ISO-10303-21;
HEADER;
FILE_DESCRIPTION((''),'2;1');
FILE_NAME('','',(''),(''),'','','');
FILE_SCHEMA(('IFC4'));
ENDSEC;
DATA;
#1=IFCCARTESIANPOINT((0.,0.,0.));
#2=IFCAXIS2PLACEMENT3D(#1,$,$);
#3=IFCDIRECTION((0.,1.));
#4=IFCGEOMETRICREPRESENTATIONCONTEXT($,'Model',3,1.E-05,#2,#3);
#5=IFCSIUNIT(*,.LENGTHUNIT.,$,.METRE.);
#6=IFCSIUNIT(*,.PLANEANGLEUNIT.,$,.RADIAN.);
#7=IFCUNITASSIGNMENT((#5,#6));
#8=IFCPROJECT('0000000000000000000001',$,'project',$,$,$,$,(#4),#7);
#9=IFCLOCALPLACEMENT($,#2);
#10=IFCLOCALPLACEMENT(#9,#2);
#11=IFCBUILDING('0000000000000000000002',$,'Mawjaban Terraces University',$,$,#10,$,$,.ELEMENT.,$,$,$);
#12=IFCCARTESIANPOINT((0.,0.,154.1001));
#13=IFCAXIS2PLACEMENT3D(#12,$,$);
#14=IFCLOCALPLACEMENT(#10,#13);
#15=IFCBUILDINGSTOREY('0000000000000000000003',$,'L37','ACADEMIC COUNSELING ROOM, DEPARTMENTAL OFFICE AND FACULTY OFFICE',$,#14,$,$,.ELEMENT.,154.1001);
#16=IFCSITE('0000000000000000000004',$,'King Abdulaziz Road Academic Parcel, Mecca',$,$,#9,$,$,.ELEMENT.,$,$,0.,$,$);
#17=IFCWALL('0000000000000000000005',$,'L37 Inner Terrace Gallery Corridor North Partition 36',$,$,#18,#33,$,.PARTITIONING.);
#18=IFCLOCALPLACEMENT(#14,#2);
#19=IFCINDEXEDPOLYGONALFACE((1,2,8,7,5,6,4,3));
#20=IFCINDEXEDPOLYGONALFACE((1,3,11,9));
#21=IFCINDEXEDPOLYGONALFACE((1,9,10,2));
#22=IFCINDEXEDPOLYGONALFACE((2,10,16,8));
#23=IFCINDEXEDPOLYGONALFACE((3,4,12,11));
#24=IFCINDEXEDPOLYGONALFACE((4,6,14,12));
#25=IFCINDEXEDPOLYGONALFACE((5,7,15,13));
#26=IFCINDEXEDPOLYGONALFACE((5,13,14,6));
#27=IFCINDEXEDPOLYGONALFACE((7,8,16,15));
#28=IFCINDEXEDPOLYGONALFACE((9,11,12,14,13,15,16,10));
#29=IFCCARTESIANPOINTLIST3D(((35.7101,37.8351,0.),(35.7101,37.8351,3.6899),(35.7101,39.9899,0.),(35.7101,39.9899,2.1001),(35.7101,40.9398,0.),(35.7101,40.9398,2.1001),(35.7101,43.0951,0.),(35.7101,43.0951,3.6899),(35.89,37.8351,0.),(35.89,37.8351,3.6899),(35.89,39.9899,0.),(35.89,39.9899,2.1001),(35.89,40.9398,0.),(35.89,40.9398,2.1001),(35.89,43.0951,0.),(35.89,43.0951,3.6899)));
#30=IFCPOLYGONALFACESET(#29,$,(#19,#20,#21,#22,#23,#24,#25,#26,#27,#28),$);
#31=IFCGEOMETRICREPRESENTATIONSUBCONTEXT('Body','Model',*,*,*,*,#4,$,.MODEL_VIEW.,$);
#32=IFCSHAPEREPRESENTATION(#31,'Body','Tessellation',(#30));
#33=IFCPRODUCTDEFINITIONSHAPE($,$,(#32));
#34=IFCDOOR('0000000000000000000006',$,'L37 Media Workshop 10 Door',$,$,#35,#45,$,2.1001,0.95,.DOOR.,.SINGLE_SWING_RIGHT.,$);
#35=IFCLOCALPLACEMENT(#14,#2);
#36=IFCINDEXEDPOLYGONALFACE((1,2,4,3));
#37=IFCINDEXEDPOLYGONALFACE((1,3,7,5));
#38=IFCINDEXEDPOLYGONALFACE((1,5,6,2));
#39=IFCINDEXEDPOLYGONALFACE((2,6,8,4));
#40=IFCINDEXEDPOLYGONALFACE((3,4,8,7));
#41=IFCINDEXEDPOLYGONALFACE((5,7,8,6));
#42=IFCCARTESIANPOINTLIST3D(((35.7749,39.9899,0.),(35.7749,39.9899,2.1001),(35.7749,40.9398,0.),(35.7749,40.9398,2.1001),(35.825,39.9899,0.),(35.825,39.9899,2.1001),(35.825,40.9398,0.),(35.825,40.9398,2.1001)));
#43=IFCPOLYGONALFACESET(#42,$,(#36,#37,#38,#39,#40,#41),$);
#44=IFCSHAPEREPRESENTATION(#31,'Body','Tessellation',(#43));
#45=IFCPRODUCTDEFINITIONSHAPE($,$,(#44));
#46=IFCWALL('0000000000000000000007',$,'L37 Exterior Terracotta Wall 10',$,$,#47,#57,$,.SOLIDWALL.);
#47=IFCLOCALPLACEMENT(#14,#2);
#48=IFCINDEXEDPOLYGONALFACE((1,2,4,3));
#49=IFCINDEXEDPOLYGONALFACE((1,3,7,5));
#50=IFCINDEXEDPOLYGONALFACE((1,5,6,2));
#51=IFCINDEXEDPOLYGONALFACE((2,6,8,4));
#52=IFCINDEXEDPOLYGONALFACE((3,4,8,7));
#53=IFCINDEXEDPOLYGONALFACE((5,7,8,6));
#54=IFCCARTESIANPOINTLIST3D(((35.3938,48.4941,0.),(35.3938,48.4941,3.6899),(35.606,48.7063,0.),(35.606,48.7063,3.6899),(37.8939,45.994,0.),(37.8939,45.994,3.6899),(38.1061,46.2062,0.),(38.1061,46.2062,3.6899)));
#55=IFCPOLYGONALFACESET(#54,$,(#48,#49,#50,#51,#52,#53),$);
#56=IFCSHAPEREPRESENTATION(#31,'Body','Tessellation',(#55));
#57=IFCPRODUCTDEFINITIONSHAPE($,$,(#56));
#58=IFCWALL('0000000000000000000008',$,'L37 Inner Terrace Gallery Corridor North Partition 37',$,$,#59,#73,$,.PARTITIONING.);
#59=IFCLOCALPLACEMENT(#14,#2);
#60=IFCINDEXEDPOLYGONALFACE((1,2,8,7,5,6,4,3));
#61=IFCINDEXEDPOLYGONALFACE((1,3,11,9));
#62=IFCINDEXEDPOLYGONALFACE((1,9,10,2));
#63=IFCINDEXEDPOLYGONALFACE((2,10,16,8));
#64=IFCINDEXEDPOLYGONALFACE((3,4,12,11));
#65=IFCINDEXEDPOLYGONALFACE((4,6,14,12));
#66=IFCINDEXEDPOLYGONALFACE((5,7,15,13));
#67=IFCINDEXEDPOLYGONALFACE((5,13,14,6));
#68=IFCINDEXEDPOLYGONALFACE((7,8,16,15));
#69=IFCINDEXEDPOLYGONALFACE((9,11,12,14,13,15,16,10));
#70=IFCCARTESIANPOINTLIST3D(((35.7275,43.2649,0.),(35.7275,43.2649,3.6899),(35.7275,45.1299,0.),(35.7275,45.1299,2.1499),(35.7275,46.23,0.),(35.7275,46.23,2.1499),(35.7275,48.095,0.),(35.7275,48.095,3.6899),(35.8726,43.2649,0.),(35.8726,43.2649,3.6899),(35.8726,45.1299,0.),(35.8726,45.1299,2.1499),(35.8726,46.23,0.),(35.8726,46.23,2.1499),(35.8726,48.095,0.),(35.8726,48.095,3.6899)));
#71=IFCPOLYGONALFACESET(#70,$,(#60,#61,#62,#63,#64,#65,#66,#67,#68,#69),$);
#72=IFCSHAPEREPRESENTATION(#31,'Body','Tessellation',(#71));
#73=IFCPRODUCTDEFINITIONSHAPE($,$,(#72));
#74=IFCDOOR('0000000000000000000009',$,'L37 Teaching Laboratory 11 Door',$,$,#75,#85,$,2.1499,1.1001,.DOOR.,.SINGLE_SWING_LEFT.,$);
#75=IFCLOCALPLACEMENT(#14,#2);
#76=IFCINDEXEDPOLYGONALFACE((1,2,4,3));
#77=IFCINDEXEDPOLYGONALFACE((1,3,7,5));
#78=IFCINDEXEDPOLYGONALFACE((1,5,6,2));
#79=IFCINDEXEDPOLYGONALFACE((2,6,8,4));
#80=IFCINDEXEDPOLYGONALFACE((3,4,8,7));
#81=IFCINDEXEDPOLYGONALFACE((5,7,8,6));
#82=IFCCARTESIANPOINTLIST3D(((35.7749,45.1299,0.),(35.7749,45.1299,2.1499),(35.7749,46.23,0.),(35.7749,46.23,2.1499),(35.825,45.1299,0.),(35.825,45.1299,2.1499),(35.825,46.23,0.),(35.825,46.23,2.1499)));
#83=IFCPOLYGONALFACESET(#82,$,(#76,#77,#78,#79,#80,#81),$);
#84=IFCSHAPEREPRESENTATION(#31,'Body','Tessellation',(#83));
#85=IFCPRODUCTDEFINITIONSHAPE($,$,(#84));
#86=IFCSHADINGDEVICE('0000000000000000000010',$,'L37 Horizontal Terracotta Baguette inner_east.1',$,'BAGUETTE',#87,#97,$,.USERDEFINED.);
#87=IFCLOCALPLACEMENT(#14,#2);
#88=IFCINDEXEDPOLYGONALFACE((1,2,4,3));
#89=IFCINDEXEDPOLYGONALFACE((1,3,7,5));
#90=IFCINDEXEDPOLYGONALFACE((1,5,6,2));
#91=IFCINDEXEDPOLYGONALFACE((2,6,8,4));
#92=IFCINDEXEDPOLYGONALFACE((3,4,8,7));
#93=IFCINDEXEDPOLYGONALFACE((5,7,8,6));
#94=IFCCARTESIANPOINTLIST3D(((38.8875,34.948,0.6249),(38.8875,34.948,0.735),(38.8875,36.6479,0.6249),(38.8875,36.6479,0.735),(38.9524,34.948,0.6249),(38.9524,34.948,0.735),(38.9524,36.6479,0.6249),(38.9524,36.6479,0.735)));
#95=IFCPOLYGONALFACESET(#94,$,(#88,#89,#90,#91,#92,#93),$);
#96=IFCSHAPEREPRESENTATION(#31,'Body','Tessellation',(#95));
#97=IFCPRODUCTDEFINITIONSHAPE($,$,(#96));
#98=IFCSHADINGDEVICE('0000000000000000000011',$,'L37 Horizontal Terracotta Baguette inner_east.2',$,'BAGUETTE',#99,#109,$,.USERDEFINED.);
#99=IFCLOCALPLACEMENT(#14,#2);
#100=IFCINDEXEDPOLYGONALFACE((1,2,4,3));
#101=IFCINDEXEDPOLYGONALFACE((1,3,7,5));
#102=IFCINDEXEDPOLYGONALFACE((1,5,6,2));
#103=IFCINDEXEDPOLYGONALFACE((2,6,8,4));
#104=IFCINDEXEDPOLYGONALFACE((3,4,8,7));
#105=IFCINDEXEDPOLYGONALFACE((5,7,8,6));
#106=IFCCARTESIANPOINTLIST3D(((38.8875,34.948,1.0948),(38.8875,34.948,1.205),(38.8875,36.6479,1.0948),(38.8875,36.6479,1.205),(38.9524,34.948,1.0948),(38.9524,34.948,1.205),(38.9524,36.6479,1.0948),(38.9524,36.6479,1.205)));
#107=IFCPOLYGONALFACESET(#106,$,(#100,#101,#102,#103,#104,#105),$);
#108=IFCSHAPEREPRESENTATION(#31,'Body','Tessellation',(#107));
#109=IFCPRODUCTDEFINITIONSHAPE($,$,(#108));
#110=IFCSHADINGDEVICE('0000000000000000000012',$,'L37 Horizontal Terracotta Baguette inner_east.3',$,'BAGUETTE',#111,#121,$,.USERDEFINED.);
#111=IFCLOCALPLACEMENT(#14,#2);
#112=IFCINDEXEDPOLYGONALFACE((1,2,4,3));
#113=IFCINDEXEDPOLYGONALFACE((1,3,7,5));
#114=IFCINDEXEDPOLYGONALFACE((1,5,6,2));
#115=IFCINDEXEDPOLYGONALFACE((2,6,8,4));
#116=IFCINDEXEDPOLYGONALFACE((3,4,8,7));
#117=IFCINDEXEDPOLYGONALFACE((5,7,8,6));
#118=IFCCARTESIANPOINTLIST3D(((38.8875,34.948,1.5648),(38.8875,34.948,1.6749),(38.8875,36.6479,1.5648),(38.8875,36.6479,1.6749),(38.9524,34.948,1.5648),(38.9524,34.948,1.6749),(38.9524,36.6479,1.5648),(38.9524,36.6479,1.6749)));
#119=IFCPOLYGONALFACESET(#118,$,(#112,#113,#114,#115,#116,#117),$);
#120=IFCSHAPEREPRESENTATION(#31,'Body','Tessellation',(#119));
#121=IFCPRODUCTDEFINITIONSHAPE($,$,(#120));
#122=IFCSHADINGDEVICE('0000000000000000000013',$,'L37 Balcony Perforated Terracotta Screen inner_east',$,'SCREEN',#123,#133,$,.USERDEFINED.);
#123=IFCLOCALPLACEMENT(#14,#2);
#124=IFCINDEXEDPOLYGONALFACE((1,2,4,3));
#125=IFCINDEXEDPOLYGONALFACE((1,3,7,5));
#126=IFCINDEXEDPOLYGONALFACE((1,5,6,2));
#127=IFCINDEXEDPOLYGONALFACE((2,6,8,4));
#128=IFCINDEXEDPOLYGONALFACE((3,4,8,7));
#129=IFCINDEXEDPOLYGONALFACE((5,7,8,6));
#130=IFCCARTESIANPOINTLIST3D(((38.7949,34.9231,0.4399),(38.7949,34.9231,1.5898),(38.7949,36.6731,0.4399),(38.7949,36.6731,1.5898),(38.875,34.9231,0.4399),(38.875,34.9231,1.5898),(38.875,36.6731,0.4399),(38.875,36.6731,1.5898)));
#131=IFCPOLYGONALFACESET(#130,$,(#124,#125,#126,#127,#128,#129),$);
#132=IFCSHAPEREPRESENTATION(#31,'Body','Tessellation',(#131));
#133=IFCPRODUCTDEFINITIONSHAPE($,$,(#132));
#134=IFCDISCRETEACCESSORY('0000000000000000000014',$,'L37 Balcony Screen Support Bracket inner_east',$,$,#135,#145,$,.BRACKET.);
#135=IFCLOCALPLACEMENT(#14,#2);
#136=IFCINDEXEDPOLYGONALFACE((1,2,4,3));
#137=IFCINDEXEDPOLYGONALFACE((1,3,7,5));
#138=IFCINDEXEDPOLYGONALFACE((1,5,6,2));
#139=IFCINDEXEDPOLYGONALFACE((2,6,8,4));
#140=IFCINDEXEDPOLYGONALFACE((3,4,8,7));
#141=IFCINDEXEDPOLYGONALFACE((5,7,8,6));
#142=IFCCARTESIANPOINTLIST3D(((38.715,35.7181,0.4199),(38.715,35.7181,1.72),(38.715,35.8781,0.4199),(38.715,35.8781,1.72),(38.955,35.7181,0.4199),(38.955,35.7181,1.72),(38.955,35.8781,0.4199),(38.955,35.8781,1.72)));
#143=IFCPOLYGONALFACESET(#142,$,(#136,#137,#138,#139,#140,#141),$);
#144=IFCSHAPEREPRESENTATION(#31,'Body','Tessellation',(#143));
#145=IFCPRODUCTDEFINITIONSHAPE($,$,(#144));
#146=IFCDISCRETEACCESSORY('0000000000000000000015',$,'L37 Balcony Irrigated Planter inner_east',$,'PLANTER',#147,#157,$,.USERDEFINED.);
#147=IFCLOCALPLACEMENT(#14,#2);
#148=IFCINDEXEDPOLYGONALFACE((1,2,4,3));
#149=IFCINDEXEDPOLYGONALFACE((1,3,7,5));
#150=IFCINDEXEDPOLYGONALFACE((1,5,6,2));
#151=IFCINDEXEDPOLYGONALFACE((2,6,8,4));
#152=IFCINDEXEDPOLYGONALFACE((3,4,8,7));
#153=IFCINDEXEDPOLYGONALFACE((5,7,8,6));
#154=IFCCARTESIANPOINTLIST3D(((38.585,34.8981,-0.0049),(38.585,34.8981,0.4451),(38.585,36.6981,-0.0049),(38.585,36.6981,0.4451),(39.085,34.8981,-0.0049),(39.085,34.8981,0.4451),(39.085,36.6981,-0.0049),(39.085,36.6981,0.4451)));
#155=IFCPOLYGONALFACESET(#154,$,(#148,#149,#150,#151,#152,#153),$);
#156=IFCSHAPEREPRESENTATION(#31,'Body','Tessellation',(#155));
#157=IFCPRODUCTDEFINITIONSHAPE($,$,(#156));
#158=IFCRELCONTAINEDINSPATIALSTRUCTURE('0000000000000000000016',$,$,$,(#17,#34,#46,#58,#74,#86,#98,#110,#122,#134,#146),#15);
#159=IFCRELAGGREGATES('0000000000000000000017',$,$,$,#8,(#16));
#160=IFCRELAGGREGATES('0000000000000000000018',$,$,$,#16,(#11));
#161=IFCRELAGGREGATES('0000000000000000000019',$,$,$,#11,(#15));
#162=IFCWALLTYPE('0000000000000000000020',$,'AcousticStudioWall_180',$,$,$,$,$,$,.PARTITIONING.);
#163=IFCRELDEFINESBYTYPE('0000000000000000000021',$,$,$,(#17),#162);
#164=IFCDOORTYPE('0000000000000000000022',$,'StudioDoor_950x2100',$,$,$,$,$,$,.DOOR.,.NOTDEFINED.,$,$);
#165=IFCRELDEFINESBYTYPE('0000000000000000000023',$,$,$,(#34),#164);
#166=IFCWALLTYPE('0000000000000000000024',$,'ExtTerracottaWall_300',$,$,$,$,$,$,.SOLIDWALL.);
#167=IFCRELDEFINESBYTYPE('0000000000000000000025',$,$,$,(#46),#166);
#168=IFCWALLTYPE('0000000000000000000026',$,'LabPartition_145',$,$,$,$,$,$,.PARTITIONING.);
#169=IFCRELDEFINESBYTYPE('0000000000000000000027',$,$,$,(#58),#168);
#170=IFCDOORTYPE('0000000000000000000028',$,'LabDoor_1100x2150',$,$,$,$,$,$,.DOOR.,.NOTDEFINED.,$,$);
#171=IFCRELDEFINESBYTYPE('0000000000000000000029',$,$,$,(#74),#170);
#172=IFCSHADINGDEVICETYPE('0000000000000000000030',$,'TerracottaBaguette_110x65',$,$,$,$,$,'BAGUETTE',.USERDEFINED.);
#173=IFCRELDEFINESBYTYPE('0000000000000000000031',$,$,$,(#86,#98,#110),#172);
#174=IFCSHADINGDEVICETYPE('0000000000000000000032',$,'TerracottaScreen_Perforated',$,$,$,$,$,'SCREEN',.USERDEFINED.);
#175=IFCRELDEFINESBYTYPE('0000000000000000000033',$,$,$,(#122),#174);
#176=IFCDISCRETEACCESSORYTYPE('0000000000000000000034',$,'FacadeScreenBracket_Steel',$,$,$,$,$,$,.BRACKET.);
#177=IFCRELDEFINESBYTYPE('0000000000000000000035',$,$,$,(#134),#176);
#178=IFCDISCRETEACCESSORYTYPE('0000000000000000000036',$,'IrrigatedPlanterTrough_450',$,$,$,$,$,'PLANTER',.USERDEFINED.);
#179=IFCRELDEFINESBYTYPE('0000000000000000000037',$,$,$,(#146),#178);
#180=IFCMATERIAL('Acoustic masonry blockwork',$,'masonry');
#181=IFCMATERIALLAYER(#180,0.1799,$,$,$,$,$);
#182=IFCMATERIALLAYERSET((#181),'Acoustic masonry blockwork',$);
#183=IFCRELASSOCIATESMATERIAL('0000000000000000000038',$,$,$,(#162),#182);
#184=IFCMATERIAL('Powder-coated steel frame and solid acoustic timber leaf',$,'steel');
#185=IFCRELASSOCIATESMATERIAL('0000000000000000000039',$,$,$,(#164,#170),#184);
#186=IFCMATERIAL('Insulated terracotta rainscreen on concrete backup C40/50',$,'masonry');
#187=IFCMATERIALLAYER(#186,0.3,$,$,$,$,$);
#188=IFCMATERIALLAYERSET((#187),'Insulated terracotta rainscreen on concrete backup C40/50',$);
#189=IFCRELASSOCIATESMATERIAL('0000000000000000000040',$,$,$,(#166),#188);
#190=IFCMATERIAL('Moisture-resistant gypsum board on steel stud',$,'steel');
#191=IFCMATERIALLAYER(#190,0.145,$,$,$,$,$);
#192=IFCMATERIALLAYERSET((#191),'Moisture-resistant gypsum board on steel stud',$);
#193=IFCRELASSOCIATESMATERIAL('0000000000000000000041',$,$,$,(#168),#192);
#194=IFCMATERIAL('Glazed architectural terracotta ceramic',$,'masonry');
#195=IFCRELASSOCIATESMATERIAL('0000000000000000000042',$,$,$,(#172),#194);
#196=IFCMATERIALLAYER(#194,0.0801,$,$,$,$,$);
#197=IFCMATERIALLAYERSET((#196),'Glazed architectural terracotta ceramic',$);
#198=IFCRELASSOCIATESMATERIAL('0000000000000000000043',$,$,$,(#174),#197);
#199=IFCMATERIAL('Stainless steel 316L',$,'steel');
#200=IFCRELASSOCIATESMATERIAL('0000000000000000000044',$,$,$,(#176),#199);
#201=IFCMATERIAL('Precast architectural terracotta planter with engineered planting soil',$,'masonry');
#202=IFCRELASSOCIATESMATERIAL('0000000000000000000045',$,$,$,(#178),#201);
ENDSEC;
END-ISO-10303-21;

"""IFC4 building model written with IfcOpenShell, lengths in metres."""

from ifc_helpers import new_model, si_unit, direction, frame, frame_2d, origin, origin_2d, place, context, subcontext, project, spatial, rectangle, extrude, material, layer, layer_set, material_profile, profile_set, type_object, element, fill, save


model = new_model("IFC4")

# Units and contexts
model_context = context("Model", 3, precision=1e-05, world=origin(), true_north=direction((0.0, 1.0)))
body_context = subcontext(model_context, "Body", "Model", "MODEL_VIEW")
ifc_project = project(units=[si_unit("LENGTHUNIT", "METRE"), si_unit("PLANEANGLEUNIT", "RADIAN")], contexts=[model_context])

# Site, building, storey
site_placement = place(None, origin())
site = spatial("IfcSite", under=ifc_project, at=site_placement, Name="King Abdulaziz Road Academic Parcel, Mecca", CompositionType="ELEMENT", RefElevation=0.0)
building_placement = place(site_placement, origin())
building = spatial("IfcBuilding", under=site, at=building_placement, Name="Mawjaban Terraces University", CompositionType="ELEMENT")
storey_placement = place(building_placement, frame((0.0, 0.0, 154.1001)))
storey = spatial("IfcBuildingStorey", under=building, at=storey_placement, Name="L37", Description="ACADEMIC COUNSELING ROOM, DEPARTMENTAL OFFICE AND FACULTY OFFICE", CompositionType="ELEMENT", Elevation=154.1001)

# Wall, opening, door
ifc_material_1 = material(Name="Acoustic masonry blockwork", Category="masonry")
ifc_layer_1 = layer(ifc_material_1, 0.1799)
ifc_layer_set_1 = layer_set([ifc_layer_1], Name="Acoustic masonry blockwork")
wall_type_1 = type_object("IfcWallType", Name="AcousticStudioWall_180", PredefinedType="PARTITIONING", material=ifc_layer_set_1)
wall_1_placement = place(storey_placement, frame((35.8, 43.095, 0.0), z_axis=(0.0, 0.0, 1.0), x_axis=(0.0, -1.0, 0.0)))
wall_1 = element("IfcWall", 1, at=wall_1_placement, inside=storey, type_object=wall_type_1, Name="L37 Inner Terrace Gallery Corridor North Partition 36", PredefinedType="PARTITIONING", context=body_context, shape_type="SweptSolid", body=[
    extrude(rectangle(XDim=5.26, YDim=0.1799, at=frame_2d((2.6299, 0.0))), origin(), (0.0, 0.0, 1.0), 3.6899),
])
opening_1_placement = place(wall_1_placement, frame((2.155, 0.0, 0.0)))
opening_1 = element("IfcOpeningElement", 2, at=opening_1_placement, cuts=wall_1, PredefinedType="OPENING", context=body_context, shape_type="SweptSolid", body=[
    extrude(rectangle(XDim=0.95, YDim=2.1001, at=frame_2d((0.4751, 1.05))), frame((0.0, 0.0999, 0.0), z_axis=(0.0, -1.0, 0.0), x_axis=(1.0, 0.0, 0.0)), (0.0, 0.0, 1.0), 0.2),
])
ifc_material_2 = material(Name="Powder-coated steel frame and solid acoustic timber leaf", Category="steel")
door_type_1 = type_object("IfcDoorType", Name="StudioDoor_950x2100", OperationType="NOTDEFINED", PredefinedType="DOOR", material=ifc_material_2)
door_1_placement = place(opening_1_placement, origin())
door_1 = element("IfcDoor", 3, at=door_1_placement, inside=storey, type_object=door_type_1, Name="L37 Media Workshop 10 Door", OperationType="SINGLE_SWING_RIGHT", OverallHeight=2.1001, OverallWidth=0.95, PredefinedType="DOOR", context=body_context, shape_type="SweptSolid", body=[
    extrude(rectangle(XDim=0.95, YDim=2.1001, at=frame_2d((0.4751, 1.05))), frame((0.0, 0.0249, 0.0), z_axis=(0.0, -1.0, 0.0), x_axis=(1.0, 0.0, 0.0)), (0.0, 0.0, 1.0), 0.05),
])
fill(opening_1, door_1)

# Wall
ifc_material_3 = material(Name="Insulated terracotta rainscreen on concrete backup C40/50", Category="masonry")
ifc_layer_2 = layer(ifc_material_3, 0.3)
ifc_layer_set_2 = layer_set([ifc_layer_2], Name="Insulated terracotta rainscreen on concrete backup C40/50")
wall_type_2 = type_object("IfcWallType", Name="ExtTerracottaWall_300", PredefinedType="SOLIDWALL", material=ifc_layer_set_2)
wall_2_placement = place(storey_placement, frame((38.0, 46.1001, 0.0), z_axis=(0.0, 0.0, 1.0), x_axis=(-0.707107, 0.707107, 0.0)))
element("IfcWall", 4, at=wall_2_placement, inside=storey, type_object=wall_type_2, Name="L37 Exterior Terracotta Wall 10", PredefinedType="SOLIDWALL", context=body_context, shape_type="SweptSolid", body=[
    extrude(rectangle(XDim=3.5356, YDim=0.3, at=frame_2d((1.7678, 0.0))), origin(), (0.0, 0.0, 1.0), 3.6899),
])

# Wall, opening, door
ifc_material_4 = material(Name="Moisture-resistant gypsum board on steel stud", Category="steel")
ifc_layer_3 = layer(ifc_material_4, 0.145)
ifc_layer_set_3 = layer_set([ifc_layer_3], Name="Moisture-resistant gypsum board on steel stud")
wall_type_3 = type_object("IfcWallType", Name="LabPartition_145", PredefinedType="PARTITIONING", material=ifc_layer_set_3)
wall_3_placement = place(storey_placement, frame((35.8, 48.095, 0.0), z_axis=(0.0, 0.0, 1.0), x_axis=(0.0, -1.0, 0.0)))
wall_3 = element("IfcWall", 5, at=wall_3_placement, inside=storey, type_object=wall_type_3, Name="L37 Inner Terrace Gallery Corridor North Partition 37", PredefinedType="PARTITIONING", context=body_context, shape_type="SweptSolid", body=[
    extrude(rectangle(XDim=4.8301, YDim=0.145, at=frame_2d((2.415, 0.0))), origin(), (0.0, 0.0, 1.0), 3.6899),
])
opening_2_placement = place(wall_3_placement, frame((1.865, 0.0, 0.0)))
opening_2 = element("IfcOpeningElement", 6, at=opening_2_placement, cuts=wall_3, PredefinedType="OPENING", context=body_context, shape_type="SweptSolid", body=[
    extrude(rectangle(XDim=1.1001, YDim=2.1499, at=frame_2d((0.55, 1.075))), frame((0.0, 0.0825, 0.0), z_axis=(0.0, -1.0, 0.0), x_axis=(1.0, 0.0, 0.0)), (0.0, 0.0, 1.0), 0.165),
])
door_type_2 = type_object("IfcDoorType", Name="LabDoor_1100x2150", OperationType="NOTDEFINED", PredefinedType="DOOR", material=ifc_material_2)
door_2_placement = place(opening_2_placement, origin())
door_2 = element("IfcDoor", 7, at=door_2_placement, inside=storey, type_object=door_type_2, Name="L37 Teaching Laboratory 11 Door", OperationType="SINGLE_SWING_LEFT", OverallHeight=2.1499, OverallWidth=1.1001, PredefinedType="DOOR", context=body_context, shape_type="SweptSolid", body=[
    extrude(rectangle(XDim=1.1001, YDim=2.1499, at=frame_2d((0.55, 1.075))), frame((0.0, 0.0249, 0.0), z_axis=(0.0, -1.0, 0.0), x_axis=(1.0, 0.0, 0.0)), (0.0, 0.0, 1.0), 0.05),
])
fill(opening_2, door_2)

# Shading devices
ifc_material_5 = material(Name="Glazed architectural terracotta ceramic", Category="masonry")
ifc_material_profile_1 = material_profile(ifc_material_5, rectangle(XDim=0.0649, YDim=0.1101, at=origin_2d()), Name="TBAG110X65")
ifc_profile_set_1 = profile_set([ifc_material_profile_1], Name="Glazed architectural terracotta ceramic")
shading_device_type_1 = type_object("IfcShadingDeviceType", Name="TerracottaBaguette_110x65", ElementType="BAGUETTE", PredefinedType="USERDEFINED", material=ifc_profile_set_1)
for number, where, z_axis, x_axis, name in (
    (8, (38.9199, 34.948, 0.6799), (0.0, 1.0, 0.0), (-1.0, 0.0, 0.0), "L37 Horizontal Terracotta Baguette inner_east.1"),
    (9, (38.9199, 34.948, 1.1499), (0.0, 1.0, 0.0), (-1.0, 0.0, 0.0), "L37 Horizontal Terracotta Baguette inner_east.2"),
    (10, (38.9199, 34.948, 1.6199), (0.0, 1.0, 0.0), (-1.0, 0.0, 0.0), "L37 Horizontal Terracotta Baguette inner_east.3"),
):
    element("IfcShadingDevice", number, at=place(storey_placement, frame(where, z_axis=z_axis, x_axis=x_axis)), inside=storey, type_object=shading_device_type_1, Name=name, ObjectType="BAGUETTE", PredefinedType="USERDEFINED", context=body_context, shape_type="SweptSolid", body=[
        extrude(rectangle(XDim=0.0649, YDim=0.1101, at=origin_2d()), origin(), (0.0, 0.0, 1.0), 1.7),
    ])
ifc_layer_4 = layer(ifc_material_5, 0.0801)
ifc_layer_set_4 = layer_set([ifc_layer_4], Name="Glazed architectural terracotta ceramic")
shading_device_type_2 = type_object("IfcShadingDeviceType", Name="TerracottaScreen_Perforated", ElementType="SCREEN", PredefinedType="USERDEFINED", material=ifc_layer_set_4)
shading_device_placement = place(storey_placement, frame((38.835, 35.7981, 0.4399), z_axis=(0.0, 0.0, 1.0), x_axis=(0.0, 1.0, 0.0)))
element("IfcShadingDevice", 11, at=shading_device_placement, inside=storey, type_object=shading_device_type_2, Name="L37 Balcony Perforated Terracotta Screen inner_east", ObjectType="SCREEN", PredefinedType="USERDEFINED", context=body_context, shape_type="SweptSolid", body=[
    extrude(rectangle(XDim=1.75, YDim=0.0801, at=origin_2d()), origin(), (0.0, 0.0, 1.0), 1.1499),
])

# Discrete accessories
ifc_material_6 = material(Name="Stainless steel 316L", Category="steel")
discrete_accessory_type_1 = type_object("IfcDiscreteAccessoryType", Name="FacadeScreenBracket_Steel", PredefinedType="BRACKET", material=ifc_material_6)
discrete_accessory_1_placement = place(storey_placement, frame((38.835, 35.7981, 0.4199), z_axis=(0.0, 0.0, 1.0), x_axis=(0.0, 1.0, 0.0)))
element("IfcDiscreteAccessory", 12, at=discrete_accessory_1_placement, inside=storey, type_object=discrete_accessory_type_1, Name="L37 Balcony Screen Support Bracket inner_east", PredefinedType="BRACKET", context=body_context, shape_type="SweptSolid", body=[
    extrude(rectangle(XDim=0.1599, YDim=0.24, at=origin_2d()), origin(), (0.0, 0.0, 1.0), 1.3),
])
ifc_material_7 = material(Name="Precast architectural terracotta planter with engineered planting soil", Category="masonry")
discrete_accessory_type_2 = type_object("IfcDiscreteAccessoryType", Name="IrrigatedPlanterTrough_450", ElementType="PLANTER", PredefinedType="USERDEFINED", material=ifc_material_7)
discrete_accessory_2_placement = place(storey_placement, frame((38.835, 35.7981, -0.0049), z_axis=(0.0, 0.0, 1.0), x_axis=(0.0, 1.0, 0.0)))
element("IfcDiscreteAccessory", 13, at=discrete_accessory_2_placement, inside=storey, type_object=discrete_accessory_type_2, Name="L37 Balcony Irrigated Planter inner_east", ObjectType="PLANTER", PredefinedType="USERDEFINED", context=body_context, shape_type="SweptSolid", body=[
    extrude(rectangle(XDim=1.8, YDim=0.5, at=origin_2d()), origin(), (0.0, 0.0, 1.0), 0.45),
])

save(model, "model.ifc")
